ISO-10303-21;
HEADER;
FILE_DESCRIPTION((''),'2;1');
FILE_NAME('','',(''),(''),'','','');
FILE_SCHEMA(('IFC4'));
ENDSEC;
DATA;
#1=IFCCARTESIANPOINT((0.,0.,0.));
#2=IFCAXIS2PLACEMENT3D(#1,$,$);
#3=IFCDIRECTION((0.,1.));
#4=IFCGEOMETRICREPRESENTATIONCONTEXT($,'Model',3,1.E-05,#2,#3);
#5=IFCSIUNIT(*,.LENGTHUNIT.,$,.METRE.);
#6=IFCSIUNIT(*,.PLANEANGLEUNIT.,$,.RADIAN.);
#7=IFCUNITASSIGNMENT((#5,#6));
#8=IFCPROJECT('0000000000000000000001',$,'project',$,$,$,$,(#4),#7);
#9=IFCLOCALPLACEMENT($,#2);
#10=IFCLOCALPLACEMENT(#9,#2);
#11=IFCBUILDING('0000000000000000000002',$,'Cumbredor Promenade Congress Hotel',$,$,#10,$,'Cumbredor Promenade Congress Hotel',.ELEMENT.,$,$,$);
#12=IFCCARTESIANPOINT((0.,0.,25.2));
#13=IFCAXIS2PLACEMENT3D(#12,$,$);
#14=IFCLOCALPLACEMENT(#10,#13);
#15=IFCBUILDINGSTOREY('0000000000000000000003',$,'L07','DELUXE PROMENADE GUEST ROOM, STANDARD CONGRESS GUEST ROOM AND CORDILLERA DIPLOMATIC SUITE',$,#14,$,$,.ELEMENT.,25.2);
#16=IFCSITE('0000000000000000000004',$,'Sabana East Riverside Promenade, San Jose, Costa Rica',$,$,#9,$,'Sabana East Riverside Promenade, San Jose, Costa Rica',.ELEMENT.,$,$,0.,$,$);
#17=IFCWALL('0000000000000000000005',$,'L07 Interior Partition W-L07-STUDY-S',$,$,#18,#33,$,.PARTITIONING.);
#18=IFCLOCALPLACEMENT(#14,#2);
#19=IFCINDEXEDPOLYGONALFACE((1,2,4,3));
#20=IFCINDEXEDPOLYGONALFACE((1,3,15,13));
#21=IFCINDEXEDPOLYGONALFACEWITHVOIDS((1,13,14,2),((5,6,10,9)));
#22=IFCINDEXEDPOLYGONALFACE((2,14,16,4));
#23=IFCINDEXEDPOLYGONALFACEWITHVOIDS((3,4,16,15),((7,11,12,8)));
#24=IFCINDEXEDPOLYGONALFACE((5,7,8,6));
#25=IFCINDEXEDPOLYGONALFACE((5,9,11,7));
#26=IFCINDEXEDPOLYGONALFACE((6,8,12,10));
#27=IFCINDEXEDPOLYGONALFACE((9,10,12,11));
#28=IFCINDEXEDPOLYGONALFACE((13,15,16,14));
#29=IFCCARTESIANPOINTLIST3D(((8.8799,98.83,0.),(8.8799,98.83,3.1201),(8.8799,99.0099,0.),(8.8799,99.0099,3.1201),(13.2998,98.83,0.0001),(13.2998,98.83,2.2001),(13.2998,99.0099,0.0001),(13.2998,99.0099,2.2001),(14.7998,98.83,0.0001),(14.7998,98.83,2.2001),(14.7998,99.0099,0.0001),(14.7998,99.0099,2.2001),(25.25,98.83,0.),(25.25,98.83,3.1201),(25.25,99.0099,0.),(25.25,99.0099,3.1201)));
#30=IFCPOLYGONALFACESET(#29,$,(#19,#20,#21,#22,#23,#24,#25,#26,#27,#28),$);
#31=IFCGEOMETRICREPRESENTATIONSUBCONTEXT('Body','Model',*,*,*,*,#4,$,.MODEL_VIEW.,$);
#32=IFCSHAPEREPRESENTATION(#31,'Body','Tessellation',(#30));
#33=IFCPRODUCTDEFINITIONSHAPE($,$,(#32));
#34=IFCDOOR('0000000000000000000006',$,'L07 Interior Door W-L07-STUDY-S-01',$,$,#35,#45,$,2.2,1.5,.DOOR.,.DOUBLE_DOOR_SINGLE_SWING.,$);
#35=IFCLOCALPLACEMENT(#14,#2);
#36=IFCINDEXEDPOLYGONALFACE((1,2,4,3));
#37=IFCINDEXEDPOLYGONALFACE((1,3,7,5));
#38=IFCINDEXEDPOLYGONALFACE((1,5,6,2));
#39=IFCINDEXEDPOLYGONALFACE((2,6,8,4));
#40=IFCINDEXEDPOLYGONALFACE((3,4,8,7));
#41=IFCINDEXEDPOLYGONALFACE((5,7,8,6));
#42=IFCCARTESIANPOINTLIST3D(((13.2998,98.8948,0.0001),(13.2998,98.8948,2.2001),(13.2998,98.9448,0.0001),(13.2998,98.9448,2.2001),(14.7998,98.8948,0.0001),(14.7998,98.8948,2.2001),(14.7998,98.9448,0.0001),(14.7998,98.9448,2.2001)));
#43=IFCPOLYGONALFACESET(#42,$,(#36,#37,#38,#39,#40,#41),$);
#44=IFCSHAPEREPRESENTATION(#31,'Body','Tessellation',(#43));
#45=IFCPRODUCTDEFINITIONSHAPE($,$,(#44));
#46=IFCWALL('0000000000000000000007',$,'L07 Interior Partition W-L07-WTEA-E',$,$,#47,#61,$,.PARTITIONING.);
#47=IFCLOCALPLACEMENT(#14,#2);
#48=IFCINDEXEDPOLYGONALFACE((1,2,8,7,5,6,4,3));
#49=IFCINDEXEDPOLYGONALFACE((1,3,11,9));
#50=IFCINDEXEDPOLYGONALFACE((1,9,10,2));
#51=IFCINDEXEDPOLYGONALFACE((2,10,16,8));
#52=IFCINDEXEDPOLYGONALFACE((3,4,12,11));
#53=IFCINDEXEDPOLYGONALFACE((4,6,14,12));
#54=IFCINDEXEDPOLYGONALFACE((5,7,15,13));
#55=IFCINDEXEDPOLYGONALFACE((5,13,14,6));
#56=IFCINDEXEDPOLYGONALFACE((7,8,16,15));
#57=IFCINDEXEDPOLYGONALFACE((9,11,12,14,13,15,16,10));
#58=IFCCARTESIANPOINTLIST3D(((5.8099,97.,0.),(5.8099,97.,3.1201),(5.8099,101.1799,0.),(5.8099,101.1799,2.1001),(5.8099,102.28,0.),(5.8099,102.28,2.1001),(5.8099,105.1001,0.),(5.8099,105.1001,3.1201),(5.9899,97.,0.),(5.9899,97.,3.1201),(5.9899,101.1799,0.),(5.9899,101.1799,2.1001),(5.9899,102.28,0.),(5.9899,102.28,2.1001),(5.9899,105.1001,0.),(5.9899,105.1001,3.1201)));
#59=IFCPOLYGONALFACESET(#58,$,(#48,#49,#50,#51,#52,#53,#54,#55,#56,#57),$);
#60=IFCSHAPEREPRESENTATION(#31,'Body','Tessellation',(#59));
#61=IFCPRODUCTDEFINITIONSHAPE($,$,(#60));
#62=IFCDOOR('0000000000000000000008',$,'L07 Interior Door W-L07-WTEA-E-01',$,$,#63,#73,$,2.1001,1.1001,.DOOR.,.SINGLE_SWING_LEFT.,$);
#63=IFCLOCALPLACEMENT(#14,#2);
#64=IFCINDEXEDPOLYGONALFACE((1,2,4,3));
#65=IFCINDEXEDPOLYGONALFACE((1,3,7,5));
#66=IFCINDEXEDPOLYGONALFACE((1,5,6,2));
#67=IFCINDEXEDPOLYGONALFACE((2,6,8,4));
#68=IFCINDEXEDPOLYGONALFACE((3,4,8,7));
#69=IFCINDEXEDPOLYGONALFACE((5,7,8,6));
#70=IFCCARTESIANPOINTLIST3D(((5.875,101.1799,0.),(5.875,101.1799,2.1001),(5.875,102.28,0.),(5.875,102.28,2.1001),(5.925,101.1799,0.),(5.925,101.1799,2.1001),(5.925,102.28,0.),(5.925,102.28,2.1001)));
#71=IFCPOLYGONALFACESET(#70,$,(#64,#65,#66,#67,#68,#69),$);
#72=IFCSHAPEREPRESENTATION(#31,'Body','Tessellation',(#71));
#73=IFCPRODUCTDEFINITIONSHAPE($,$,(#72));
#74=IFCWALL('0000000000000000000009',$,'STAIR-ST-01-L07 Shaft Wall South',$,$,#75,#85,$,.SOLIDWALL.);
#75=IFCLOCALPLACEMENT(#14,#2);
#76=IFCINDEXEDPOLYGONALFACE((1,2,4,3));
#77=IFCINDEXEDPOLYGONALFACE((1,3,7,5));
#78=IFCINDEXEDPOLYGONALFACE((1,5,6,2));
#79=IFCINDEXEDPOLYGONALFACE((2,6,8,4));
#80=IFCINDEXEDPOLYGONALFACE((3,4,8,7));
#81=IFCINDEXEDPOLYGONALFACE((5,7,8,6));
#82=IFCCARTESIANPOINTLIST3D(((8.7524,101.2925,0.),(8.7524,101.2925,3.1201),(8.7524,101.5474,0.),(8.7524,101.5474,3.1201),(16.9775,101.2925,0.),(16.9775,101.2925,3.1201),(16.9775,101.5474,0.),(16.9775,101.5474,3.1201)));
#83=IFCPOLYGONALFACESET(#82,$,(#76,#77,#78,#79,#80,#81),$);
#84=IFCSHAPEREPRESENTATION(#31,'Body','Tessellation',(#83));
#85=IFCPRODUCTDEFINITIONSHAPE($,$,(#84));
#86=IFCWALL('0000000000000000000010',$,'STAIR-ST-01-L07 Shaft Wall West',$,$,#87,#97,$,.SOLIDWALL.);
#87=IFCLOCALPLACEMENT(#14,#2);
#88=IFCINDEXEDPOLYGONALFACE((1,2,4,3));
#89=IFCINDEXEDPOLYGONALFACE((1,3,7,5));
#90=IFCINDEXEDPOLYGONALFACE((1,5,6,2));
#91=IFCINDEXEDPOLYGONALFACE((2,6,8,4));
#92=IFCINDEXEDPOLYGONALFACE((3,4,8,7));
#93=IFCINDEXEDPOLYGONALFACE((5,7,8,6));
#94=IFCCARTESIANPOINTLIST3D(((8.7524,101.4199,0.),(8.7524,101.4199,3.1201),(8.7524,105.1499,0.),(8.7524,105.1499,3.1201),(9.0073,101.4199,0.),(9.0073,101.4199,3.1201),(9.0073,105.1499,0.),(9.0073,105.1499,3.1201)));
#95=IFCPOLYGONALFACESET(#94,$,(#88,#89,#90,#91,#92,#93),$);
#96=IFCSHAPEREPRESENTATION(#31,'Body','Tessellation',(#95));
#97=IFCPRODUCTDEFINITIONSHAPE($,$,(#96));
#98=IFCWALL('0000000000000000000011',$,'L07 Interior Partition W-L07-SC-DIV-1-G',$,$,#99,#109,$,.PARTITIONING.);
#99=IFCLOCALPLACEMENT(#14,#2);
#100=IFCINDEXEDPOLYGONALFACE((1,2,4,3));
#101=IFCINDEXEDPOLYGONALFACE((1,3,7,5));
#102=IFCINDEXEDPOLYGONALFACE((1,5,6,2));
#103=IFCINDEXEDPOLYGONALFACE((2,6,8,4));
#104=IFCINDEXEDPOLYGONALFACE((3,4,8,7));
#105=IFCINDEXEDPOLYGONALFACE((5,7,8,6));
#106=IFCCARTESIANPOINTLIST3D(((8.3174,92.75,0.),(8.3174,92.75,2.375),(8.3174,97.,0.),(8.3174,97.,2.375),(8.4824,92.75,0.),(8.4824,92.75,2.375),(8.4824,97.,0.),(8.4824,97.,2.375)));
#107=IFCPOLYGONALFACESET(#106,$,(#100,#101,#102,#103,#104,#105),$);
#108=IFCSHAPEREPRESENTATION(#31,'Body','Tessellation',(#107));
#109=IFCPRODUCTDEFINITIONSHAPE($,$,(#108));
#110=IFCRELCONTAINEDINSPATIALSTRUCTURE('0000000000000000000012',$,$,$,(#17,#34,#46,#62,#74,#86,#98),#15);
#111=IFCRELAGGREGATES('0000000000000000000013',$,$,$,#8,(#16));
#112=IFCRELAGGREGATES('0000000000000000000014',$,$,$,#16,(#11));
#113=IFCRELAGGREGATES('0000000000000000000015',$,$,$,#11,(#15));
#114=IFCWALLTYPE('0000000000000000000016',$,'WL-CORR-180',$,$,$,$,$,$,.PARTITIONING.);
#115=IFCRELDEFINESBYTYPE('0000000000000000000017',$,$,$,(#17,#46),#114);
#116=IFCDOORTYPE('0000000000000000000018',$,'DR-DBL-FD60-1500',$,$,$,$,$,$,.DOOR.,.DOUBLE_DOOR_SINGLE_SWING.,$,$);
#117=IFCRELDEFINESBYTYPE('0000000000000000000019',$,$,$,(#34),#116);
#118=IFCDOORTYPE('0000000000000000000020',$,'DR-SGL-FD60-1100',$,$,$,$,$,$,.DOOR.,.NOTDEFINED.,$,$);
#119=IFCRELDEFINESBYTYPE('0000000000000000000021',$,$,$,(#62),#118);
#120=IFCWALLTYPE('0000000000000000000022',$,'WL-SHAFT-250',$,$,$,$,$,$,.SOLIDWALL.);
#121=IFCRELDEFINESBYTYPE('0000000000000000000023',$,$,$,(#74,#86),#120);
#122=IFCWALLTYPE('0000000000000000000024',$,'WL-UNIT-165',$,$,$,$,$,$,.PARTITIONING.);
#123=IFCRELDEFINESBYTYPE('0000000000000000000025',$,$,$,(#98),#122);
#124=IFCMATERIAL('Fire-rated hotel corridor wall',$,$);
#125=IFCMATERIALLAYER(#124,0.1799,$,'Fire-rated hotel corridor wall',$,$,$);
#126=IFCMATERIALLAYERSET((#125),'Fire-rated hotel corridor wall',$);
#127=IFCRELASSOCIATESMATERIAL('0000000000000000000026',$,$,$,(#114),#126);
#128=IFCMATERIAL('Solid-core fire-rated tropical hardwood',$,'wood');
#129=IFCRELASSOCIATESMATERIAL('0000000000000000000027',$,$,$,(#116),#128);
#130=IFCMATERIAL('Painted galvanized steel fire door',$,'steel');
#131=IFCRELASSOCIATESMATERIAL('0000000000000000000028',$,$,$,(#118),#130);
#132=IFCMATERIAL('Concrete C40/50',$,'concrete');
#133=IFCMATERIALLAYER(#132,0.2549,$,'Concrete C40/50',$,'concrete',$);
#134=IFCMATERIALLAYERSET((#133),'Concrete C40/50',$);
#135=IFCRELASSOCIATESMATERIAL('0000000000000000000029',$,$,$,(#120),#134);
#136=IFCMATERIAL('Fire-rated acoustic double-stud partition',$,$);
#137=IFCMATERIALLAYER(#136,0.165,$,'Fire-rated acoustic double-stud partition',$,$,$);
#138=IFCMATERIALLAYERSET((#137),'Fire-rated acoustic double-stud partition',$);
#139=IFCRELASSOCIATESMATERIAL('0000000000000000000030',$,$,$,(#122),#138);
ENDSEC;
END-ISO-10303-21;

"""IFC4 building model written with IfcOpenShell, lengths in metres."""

from ifc_helpers import new_model, si_unit, direction, frame, frame_2d, origin, place, context, subcontext, project, spatial, rectangle, extrude, material, layer, layer_set, type_object, element, fill, save


model = new_model("IFC4")

# Units and contexts
model_context = context("Model", 3, precision=1e-05, world=origin(), true_north=direction((0.0, 1.0)))
body_context = subcontext(model_context, "Body", "Model", "MODEL_VIEW")
ifc_project = project(units=[si_unit("LENGTHUNIT", "METRE"), si_unit("PLANEANGLEUNIT", "RADIAN")], contexts=[model_context])

# Site, building, storey
site_placement = place(None, origin())
site = spatial("IfcSite", under=ifc_project, at=site_placement, Name="Sabana East Riverside Promenade, San Jose, Costa Rica", LongName="Sabana East Riverside Promenade, San Jose, Costa Rica", CompositionType="ELEMENT", RefElevation=0.0)
building_placement = place(site_placement, origin())
building = spatial("IfcBuilding", under=site, at=building_placement, Name="Cumbredor Promenade Congress Hotel", LongName="Cumbredor Promenade Congress Hotel", CompositionType="ELEMENT")
storey_placement = place(building_placement, frame((0.0, 0.0, 25.2)))
storey = spatial("IfcBuildingStorey", under=building, at=storey_placement, Name="L07", Description="DELUXE PROMENADE GUEST ROOM, STANDARD CONGRESS GUEST ROOM AND CORDILLERA DIPLOMATIC SUITE", CompositionType="ELEMENT", Elevation=25.2)

# Shared definitions
ifc_material_1 = material(Name="Concrete C40/50", Category="concrete")

# Walls, openings, doors
ifc_material_2 = material(Name="Fire-rated hotel corridor wall")
ifc_layer_1 = layer(ifc_material_2, 0.1799, Name="Fire-rated hotel corridor wall")
ifc_layer_set_1 = layer_set([ifc_layer_1], Name="Fire-rated hotel corridor wall")
wall_type_1 = type_object("IfcWallType", Name="WL-CORR-180", PredefinedType="PARTITIONING", material=ifc_layer_set_1)
wall_1_placement = place(storey_placement, frame((8.8799, 98.9199, 0.0), z_axis=(0.0, 0.0, 1.0), x_axis=(1.0, 0.0, 0.0)))
wall_1 = element("IfcWall", 1, at=wall_1_placement, inside=storey, type_object=wall_type_1, Name="L07 Interior Partition W-L07-STUDY-S", PredefinedType="PARTITIONING", context=body_context, shape_type="SweptSolid", body=[
    extrude(rectangle(XDim=16.3701, YDim=0.1799, at=frame_2d((8.1851, 0.0))), origin(), (0.0, 0.0, 1.0), 3.1201),
])
opening_1_placement = place(wall_1_placement, frame((4.4199, 0.0, 0.0)))
opening_1 = element("IfcOpeningElement", 2, at=opening_1_placement, cuts=wall_1, PredefinedType="OPENING", context=body_context, shape_type="SweptSolid", body=[
    extrude(rectangle(XDim=1.5, YDim=2.2, at=frame_2d((0.75, 1.1001))), frame((0.0, 0.1001, 0.0), z_axis=(0.0, -1.0, 0.0), x_axis=(1.0, 0.0, 0.0)), (0.0, 0.0, 1.0), 0.2),
])
ifc_material_3 = material(Name="Solid-core fire-rated tropical hardwood", Category="wood")
door_type_1 = type_object("IfcDoorType", Name="DR-DBL-FD60-1500", OperationType="DOUBLE_DOOR_SINGLE_SWING", PredefinedType="DOOR", material=ifc_material_3)
door_1_placement = place(opening_1_placement, origin())
door_1 = element("IfcDoor", 3, at=door_1_placement, inside=storey, type_object=door_type_1, Name="L07 Interior Door W-L07-STUDY-S-01", OperationType="DOUBLE_DOOR_SINGLE_SWING", OverallHeight=2.2, OverallWidth=1.5, PredefinedType="DOOR", context=body_context, shape_type="SweptSolid", body=[
    extrude(rectangle(XDim=1.5, YDim=2.2, at=frame_2d((0.75, 1.1001))), frame((0.0, 0.0249, 0.0), z_axis=(0.0, -1.0, 0.0), x_axis=(1.0, 0.0, 0.0)), (0.0, 0.0, 1.0), 0.05),
])
fill(opening_1, door_1)
wall_2_placement = place(storey_placement, frame((5.8999, 97.0, 0.0), z_axis=(0.0, 0.0, 1.0), x_axis=(0.0, 1.0, 0.0)))
wall_2 = element("IfcWall", 4, at=wall_2_placement, inside=storey, type_object=wall_type_1, Name="L07 Interior Partition W-L07-WTEA-E", PredefinedType="PARTITIONING", context=body_context, shape_type="SweptSolid", body=[
    extrude(rectangle(XDim=8.1001, YDim=0.1799, at=frame_2d((4.05, 0.0))), origin(), (0.0, 0.0, 1.0), 3.1201),
])
opening_2_placement = place(wall_2_placement, frame((4.1799, 0.0, 0.0)))
opening_2 = element("IfcOpeningElement", 5, at=opening_2_placement, cuts=wall_2, PredefinedType="OPENING", context=body_context, shape_type="SweptSolid", body=[
    extrude(rectangle(XDim=1.1001, YDim=2.1001, at=frame_2d((0.55, 1.05))), frame((0.0, 0.1001, 0.0), z_axis=(0.0, -1.0, 0.0), x_axis=(1.0, 0.0, 0.0)), (0.0, 0.0, 1.0), 0.2),
])
ifc_material_4 = material(Name="Painted galvanized steel fire door", Category="steel")
door_type_2 = type_object("IfcDoorType", Name="DR-SGL-FD60-1100", OperationType="NOTDEFINED", PredefinedType="DOOR", material=ifc_material_4)
door_2_placement = place(opening_2_placement, origin())
door_2 = element("IfcDoor", 6, at=door_2_placement, inside=storey, type_object=door_type_2, Name="L07 Interior Door W-L07-WTEA-E-01", OperationType="SINGLE_SWING_LEFT", OverallHeight=2.1001, OverallWidth=1.1001, PredefinedType="DOOR", context=body_context, shape_type="SweptSolid", body=[
    extrude(rectangle(XDim=1.1001, YDim=2.1001, at=frame_2d((0.55, 1.05))), frame((0.0, 0.0249, 0.0), z_axis=(0.0, -1.0, 0.0), x_axis=(1.0, 0.0, 0.0)), (0.0, 0.0, 1.0), 0.05),
])
fill(opening_2, door_2)

# Walls
ifc_layer_2 = layer(ifc_material_1, 0.2549, Name="Concrete C40/50", Category="concrete")
ifc_layer_set_2 = layer_set([ifc_layer_2], Name="Concrete C40/50")
wall_type_2 = type_object("IfcWallType", Name="WL-SHAFT-250", PredefinedType="SOLIDWALL", material=ifc_layer_set_2)
wall_3_placement = place(storey_placement, frame((8.7524, 101.4199, 0.0), z_axis=(0.0, 0.0, 1.0), x_axis=(1.0, 0.0, 0.0)))
element("IfcWall", 7, at=wall_3_placement, inside=storey, type_object=wall_type_2, Name="STAIR-ST-01-L07 Shaft Wall South", PredefinedType="SOLIDWALL", context=body_context, shape_type="SweptSolid", body=[
    extrude(rectangle(XDim=8.2251, YDim=0.2549, at=frame_2d((4.1125, 0.0))), origin(), (0.0, 0.0, 1.0), 3.1201),
])
wall_4_placement = place(storey_placement, frame((8.8799, 101.4199, 0.0), z_axis=(0.0, 0.0, 1.0), x_axis=(0.0, 1.0, 0.0)))
element("IfcWall", 8, at=wall_4_placement, inside=storey, type_object=wall_type_2, Name="STAIR-ST-01-L07 Shaft Wall West", PredefinedType="SOLIDWALL", context=body_context, shape_type="SweptSolid", body=[
    extrude(rectangle(XDim=3.73, YDim=0.2549, at=frame_2d((1.865, 0.0))), origin(), (0.0, 0.0, 1.0), 3.1201),
])
ifc_material_5 = material(Name="Fire-rated acoustic double-stud partition")
ifc_layer_3 = layer(ifc_material_5, 0.165, Name="Fire-rated acoustic double-stud partition")
ifc_layer_set_3 = layer_set([ifc_layer_3], Name="Fire-rated acoustic double-stud partition")
wall_type_3 = type_object("IfcWallType", Name="WL-UNIT-165", PredefinedType="PARTITIONING", material=ifc_layer_set_3)
wall_5_placement = place(storey_placement, frame((8.3999, 92.75, 0.0), z_axis=(0.0, 0.0, 1.0), x_axis=(0.0, 1.0, 0.0)))
element("IfcWall", 9, at=wall_5_placement, inside=storey, type_object=wall_type_3, Name="L07 Interior Partition W-L07-SC-DIV-1-G", PredefinedType="PARTITIONING", context=body_context, shape_type="SweptSolid", body=[
    extrude(rectangle(XDim=4.25, YDim=0.165, at=frame_2d((2.125, 0.0))), origin(), (0.0, 0.0, 1.0), 2.375),
])

save(model, "model.ifc")
